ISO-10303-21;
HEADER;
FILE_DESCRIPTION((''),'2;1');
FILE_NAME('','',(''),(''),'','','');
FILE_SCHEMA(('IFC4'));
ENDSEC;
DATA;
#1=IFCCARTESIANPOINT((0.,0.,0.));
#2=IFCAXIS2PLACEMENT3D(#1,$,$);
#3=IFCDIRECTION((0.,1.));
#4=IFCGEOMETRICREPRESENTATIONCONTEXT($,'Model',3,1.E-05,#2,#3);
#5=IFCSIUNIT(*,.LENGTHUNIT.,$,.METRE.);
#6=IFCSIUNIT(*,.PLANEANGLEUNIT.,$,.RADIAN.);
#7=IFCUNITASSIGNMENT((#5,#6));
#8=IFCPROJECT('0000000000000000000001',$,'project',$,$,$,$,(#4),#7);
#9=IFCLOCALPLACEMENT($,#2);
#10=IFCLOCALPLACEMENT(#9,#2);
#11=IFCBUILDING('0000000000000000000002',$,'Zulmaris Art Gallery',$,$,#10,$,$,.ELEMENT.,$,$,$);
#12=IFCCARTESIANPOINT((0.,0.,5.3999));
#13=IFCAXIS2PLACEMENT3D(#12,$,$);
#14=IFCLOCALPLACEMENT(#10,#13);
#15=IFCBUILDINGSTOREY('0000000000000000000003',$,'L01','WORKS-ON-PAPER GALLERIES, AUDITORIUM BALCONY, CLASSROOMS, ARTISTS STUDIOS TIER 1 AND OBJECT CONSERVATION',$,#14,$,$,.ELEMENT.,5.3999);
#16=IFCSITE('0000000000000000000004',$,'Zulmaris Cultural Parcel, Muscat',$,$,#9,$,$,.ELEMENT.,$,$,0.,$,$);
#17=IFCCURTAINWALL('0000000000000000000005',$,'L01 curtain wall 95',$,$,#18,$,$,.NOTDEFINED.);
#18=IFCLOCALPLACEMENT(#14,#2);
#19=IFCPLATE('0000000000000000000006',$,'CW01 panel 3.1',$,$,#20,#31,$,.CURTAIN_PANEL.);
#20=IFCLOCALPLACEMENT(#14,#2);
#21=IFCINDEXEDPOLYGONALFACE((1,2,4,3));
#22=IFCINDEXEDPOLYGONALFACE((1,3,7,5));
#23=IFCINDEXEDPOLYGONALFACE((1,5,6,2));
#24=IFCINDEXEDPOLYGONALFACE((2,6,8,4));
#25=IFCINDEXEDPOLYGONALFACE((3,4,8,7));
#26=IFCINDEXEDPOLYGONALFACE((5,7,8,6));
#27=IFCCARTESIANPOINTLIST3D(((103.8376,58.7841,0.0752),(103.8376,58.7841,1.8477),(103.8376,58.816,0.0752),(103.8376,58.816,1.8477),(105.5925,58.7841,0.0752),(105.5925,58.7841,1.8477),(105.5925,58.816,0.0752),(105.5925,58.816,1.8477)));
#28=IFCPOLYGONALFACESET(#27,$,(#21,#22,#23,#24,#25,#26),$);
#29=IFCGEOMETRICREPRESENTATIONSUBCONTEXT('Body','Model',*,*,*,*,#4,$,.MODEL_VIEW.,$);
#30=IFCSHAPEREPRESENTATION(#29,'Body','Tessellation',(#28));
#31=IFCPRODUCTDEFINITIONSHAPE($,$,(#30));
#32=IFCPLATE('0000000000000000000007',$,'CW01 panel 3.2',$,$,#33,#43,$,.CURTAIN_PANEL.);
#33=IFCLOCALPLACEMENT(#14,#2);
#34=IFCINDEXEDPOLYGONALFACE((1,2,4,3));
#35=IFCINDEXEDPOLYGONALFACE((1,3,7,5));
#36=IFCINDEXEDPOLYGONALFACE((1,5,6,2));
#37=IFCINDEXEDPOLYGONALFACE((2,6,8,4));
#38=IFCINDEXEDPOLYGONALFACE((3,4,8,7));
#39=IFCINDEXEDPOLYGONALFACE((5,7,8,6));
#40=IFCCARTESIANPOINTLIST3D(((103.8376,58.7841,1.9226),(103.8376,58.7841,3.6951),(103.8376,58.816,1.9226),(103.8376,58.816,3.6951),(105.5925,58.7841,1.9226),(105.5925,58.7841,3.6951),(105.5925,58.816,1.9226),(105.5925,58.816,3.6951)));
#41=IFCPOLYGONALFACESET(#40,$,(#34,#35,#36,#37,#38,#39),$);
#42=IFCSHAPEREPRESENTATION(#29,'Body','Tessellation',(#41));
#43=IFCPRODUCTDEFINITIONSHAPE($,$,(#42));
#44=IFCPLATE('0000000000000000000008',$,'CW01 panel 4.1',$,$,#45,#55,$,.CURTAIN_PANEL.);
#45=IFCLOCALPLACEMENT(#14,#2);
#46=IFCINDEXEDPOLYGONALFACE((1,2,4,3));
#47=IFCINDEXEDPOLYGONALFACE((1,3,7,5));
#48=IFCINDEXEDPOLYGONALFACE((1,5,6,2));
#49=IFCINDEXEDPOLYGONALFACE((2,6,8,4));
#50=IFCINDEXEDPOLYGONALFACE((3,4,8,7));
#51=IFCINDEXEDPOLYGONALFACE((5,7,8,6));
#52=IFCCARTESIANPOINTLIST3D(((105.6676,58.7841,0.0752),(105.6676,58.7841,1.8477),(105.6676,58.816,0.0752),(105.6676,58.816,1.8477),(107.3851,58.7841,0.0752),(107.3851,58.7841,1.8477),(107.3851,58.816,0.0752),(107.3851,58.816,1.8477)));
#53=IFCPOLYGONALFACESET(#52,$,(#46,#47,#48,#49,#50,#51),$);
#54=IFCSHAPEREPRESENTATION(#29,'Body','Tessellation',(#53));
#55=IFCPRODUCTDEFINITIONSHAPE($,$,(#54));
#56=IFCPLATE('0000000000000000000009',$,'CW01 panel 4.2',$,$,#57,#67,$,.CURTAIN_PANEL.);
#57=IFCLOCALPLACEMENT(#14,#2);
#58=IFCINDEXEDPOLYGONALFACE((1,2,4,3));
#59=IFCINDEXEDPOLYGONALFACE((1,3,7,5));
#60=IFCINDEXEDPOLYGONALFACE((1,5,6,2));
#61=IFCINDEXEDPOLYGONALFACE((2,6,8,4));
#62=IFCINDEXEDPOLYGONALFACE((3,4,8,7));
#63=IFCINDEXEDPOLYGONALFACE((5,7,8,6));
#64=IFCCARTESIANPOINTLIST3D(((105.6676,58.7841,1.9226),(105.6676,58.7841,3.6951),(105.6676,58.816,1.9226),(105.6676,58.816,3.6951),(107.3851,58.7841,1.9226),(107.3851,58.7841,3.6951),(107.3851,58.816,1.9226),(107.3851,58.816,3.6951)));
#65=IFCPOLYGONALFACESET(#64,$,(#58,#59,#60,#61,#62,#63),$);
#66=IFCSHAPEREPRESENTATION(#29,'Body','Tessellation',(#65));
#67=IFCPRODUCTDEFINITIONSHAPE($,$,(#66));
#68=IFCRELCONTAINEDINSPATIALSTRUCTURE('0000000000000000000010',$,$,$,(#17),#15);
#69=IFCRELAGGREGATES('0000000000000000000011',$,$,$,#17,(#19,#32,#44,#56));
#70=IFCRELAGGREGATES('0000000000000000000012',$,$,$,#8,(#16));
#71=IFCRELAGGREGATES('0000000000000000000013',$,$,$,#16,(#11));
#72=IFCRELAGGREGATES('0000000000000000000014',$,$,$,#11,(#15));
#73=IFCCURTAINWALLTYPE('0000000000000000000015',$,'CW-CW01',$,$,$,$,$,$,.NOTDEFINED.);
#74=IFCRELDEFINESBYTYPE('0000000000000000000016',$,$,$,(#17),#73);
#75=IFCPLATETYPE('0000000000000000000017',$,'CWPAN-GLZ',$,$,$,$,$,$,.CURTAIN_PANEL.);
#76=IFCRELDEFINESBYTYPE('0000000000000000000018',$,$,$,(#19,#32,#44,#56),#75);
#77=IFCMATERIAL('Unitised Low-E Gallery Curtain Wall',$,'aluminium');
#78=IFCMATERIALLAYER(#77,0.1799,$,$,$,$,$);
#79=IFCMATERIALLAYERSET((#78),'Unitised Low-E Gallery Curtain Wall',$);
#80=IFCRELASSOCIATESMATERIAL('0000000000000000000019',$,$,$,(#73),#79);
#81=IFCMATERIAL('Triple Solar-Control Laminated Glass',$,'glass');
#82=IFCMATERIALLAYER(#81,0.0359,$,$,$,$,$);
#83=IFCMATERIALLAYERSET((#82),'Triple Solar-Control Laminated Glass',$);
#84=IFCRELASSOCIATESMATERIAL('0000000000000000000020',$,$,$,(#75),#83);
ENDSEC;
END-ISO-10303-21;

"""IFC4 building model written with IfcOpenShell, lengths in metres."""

from ifc_helpers import new_model, si_unit, direction, frame, origin, origin_2d, place, context, subcontext, project, spatial, rectangle, extrude, material, layer, layer_set, type_object, element, aggregate, save


model = new_model("IFC4")

# Units and contexts
model_context = context("Model", 3, precision=1e-05, world=origin(), true_north=direction((0.0, 1.0)))
body_context = subcontext(model_context, "Body", "Model", "MODEL_VIEW")
ifc_project = project(units=[si_unit("LENGTHUNIT", "METRE"), si_unit("PLANEANGLEUNIT", "RADIAN")], contexts=[model_context])

# Site, building, storey
site_placement = place(None, origin())
site = spatial("IfcSite", under=ifc_project, at=site_placement, Name="Zulmaris Cultural Parcel, Muscat", CompositionType="ELEMENT", RefElevation=0.0)
building_placement = place(site_placement, origin())
building = spatial("IfcBuilding", under=site, at=building_placement, Name="Zulmaris Art Gallery", CompositionType="ELEMENT")
storey_placement = place(building_placement, frame((0.0, 0.0, 5.3999)))
storey = spatial("IfcBuildingStorey", under=building, at=storey_placement, Name="L01", Description="WORKS-ON-PAPER GALLERIES, AUDITORIUM BALCONY, CLASSROOMS, ARTISTS STUDIOS TIER 1 AND OBJECT CONSERVATION", CompositionType="ELEMENT", Elevation=5.3999)

# Curtain wall, plates
ifc_material_1 = material(Name="Unitised Low-E Gallery Curtain Wall", Category="aluminium")
ifc_layer_1 = layer(ifc_material_1, 0.1799)
ifc_layer_set_1 = layer_set([ifc_layer_1], Name="Unitised Low-E Gallery Curtain Wall")
curtain_wall_type = type_object("IfcCurtainWallType", Name="CW-CW01", PredefinedType="NOTDEFINED", material=ifc_layer_set_1)
curtain_wall_placement = place(storey_placement, origin())
curtain_wall = element("IfcCurtainWall", 1, at=curtain_wall_placement, inside=storey, type_object=curtain_wall_type, Name="L01 curtain wall 95", PredefinedType="NOTDEFINED")
ifc_material_2 = material(Name="Triple Solar-Control Laminated Glass", Category="glass")
ifc_layer_2 = layer(ifc_material_2, 0.0359)
ifc_layer_set_2 = layer_set([ifc_layer_2], Name="Triple Solar-Control Laminated Glass")
plate_type = type_object("IfcPlateType", Name="CWPAN-GLZ", PredefinedType="CURTAIN_PANEL", material=ifc_layer_set_2)
plate_1_placement = place(storey_placement, frame((104.7151, 58.8, 0.0752), z_axis=(0.0, 0.0, 1.0), x_axis=(1.0, 0.0, 0.0)))
plate_1 = element("IfcPlate", 2, at=plate_1_placement, type_object=plate_type, Name="CW01 panel 3.1", PredefinedType="CURTAIN_PANEL", context=body_context, shape_type="SweptSolid", body=[
    extrude(rectangle(XDim=1.7549, YDim=0.032, at=origin_2d()), origin(), (0.0, 0.0, 1.0), 1.7725),
])
plate_2_placement = place(storey_placement, frame((104.7151, 58.8, 1.9226), z_axis=(0.0, 0.0, 1.0), x_axis=(1.0, 0.0, 0.0)))
plate_2 = element("IfcPlate", 3, at=plate_2_placement, type_object=plate_type, Name="CW01 panel 3.2", PredefinedType="CURTAIN_PANEL", context=body_context, shape_type="SweptSolid", body=[
    extrude(rectangle(XDim=1.7549, YDim=0.032, at=origin_2d()), origin(), (0.0, 0.0, 1.0), 1.7725),
])
plate_3_placement = place(storey_placement, frame((106.5264, 58.8, 0.0752), z_axis=(0.0, 0.0, 1.0), x_axis=(1.0, 0.0, 0.0)))
plate_3 = element("IfcPlate", 4, at=plate_3_placement, type_object=plate_type, Name="CW01 panel 4.1", PredefinedType="CURTAIN_PANEL", context=body_context, shape_type="SweptSolid", body=[
    extrude(rectangle(XDim=1.7175, YDim=0.032, at=origin_2d()), origin(), (0.0, 0.0, 1.0), 1.7725),
])
plate_4_placement = place(storey_placement, frame((106.5264, 58.8, 1.9226), z_axis=(0.0, 0.0, 1.0), x_axis=(1.0, 0.0, 0.0)))
plate_4 = element("IfcPlate", 5, at=plate_4_placement, type_object=plate_type, Name="CW01 panel 4.2", PredefinedType="CURTAIN_PANEL", context=body_context, shape_type="SweptSolid", body=[
    extrude(rectangle(XDim=1.7175, YDim=0.032, at=origin_2d()), origin(), (0.0, 0.0, 1.0), 1.7725),
])
aggregate(curtain_wall, [plate_1, plate_2, plate_3, plate_4])

save(model, "model.ifc")
